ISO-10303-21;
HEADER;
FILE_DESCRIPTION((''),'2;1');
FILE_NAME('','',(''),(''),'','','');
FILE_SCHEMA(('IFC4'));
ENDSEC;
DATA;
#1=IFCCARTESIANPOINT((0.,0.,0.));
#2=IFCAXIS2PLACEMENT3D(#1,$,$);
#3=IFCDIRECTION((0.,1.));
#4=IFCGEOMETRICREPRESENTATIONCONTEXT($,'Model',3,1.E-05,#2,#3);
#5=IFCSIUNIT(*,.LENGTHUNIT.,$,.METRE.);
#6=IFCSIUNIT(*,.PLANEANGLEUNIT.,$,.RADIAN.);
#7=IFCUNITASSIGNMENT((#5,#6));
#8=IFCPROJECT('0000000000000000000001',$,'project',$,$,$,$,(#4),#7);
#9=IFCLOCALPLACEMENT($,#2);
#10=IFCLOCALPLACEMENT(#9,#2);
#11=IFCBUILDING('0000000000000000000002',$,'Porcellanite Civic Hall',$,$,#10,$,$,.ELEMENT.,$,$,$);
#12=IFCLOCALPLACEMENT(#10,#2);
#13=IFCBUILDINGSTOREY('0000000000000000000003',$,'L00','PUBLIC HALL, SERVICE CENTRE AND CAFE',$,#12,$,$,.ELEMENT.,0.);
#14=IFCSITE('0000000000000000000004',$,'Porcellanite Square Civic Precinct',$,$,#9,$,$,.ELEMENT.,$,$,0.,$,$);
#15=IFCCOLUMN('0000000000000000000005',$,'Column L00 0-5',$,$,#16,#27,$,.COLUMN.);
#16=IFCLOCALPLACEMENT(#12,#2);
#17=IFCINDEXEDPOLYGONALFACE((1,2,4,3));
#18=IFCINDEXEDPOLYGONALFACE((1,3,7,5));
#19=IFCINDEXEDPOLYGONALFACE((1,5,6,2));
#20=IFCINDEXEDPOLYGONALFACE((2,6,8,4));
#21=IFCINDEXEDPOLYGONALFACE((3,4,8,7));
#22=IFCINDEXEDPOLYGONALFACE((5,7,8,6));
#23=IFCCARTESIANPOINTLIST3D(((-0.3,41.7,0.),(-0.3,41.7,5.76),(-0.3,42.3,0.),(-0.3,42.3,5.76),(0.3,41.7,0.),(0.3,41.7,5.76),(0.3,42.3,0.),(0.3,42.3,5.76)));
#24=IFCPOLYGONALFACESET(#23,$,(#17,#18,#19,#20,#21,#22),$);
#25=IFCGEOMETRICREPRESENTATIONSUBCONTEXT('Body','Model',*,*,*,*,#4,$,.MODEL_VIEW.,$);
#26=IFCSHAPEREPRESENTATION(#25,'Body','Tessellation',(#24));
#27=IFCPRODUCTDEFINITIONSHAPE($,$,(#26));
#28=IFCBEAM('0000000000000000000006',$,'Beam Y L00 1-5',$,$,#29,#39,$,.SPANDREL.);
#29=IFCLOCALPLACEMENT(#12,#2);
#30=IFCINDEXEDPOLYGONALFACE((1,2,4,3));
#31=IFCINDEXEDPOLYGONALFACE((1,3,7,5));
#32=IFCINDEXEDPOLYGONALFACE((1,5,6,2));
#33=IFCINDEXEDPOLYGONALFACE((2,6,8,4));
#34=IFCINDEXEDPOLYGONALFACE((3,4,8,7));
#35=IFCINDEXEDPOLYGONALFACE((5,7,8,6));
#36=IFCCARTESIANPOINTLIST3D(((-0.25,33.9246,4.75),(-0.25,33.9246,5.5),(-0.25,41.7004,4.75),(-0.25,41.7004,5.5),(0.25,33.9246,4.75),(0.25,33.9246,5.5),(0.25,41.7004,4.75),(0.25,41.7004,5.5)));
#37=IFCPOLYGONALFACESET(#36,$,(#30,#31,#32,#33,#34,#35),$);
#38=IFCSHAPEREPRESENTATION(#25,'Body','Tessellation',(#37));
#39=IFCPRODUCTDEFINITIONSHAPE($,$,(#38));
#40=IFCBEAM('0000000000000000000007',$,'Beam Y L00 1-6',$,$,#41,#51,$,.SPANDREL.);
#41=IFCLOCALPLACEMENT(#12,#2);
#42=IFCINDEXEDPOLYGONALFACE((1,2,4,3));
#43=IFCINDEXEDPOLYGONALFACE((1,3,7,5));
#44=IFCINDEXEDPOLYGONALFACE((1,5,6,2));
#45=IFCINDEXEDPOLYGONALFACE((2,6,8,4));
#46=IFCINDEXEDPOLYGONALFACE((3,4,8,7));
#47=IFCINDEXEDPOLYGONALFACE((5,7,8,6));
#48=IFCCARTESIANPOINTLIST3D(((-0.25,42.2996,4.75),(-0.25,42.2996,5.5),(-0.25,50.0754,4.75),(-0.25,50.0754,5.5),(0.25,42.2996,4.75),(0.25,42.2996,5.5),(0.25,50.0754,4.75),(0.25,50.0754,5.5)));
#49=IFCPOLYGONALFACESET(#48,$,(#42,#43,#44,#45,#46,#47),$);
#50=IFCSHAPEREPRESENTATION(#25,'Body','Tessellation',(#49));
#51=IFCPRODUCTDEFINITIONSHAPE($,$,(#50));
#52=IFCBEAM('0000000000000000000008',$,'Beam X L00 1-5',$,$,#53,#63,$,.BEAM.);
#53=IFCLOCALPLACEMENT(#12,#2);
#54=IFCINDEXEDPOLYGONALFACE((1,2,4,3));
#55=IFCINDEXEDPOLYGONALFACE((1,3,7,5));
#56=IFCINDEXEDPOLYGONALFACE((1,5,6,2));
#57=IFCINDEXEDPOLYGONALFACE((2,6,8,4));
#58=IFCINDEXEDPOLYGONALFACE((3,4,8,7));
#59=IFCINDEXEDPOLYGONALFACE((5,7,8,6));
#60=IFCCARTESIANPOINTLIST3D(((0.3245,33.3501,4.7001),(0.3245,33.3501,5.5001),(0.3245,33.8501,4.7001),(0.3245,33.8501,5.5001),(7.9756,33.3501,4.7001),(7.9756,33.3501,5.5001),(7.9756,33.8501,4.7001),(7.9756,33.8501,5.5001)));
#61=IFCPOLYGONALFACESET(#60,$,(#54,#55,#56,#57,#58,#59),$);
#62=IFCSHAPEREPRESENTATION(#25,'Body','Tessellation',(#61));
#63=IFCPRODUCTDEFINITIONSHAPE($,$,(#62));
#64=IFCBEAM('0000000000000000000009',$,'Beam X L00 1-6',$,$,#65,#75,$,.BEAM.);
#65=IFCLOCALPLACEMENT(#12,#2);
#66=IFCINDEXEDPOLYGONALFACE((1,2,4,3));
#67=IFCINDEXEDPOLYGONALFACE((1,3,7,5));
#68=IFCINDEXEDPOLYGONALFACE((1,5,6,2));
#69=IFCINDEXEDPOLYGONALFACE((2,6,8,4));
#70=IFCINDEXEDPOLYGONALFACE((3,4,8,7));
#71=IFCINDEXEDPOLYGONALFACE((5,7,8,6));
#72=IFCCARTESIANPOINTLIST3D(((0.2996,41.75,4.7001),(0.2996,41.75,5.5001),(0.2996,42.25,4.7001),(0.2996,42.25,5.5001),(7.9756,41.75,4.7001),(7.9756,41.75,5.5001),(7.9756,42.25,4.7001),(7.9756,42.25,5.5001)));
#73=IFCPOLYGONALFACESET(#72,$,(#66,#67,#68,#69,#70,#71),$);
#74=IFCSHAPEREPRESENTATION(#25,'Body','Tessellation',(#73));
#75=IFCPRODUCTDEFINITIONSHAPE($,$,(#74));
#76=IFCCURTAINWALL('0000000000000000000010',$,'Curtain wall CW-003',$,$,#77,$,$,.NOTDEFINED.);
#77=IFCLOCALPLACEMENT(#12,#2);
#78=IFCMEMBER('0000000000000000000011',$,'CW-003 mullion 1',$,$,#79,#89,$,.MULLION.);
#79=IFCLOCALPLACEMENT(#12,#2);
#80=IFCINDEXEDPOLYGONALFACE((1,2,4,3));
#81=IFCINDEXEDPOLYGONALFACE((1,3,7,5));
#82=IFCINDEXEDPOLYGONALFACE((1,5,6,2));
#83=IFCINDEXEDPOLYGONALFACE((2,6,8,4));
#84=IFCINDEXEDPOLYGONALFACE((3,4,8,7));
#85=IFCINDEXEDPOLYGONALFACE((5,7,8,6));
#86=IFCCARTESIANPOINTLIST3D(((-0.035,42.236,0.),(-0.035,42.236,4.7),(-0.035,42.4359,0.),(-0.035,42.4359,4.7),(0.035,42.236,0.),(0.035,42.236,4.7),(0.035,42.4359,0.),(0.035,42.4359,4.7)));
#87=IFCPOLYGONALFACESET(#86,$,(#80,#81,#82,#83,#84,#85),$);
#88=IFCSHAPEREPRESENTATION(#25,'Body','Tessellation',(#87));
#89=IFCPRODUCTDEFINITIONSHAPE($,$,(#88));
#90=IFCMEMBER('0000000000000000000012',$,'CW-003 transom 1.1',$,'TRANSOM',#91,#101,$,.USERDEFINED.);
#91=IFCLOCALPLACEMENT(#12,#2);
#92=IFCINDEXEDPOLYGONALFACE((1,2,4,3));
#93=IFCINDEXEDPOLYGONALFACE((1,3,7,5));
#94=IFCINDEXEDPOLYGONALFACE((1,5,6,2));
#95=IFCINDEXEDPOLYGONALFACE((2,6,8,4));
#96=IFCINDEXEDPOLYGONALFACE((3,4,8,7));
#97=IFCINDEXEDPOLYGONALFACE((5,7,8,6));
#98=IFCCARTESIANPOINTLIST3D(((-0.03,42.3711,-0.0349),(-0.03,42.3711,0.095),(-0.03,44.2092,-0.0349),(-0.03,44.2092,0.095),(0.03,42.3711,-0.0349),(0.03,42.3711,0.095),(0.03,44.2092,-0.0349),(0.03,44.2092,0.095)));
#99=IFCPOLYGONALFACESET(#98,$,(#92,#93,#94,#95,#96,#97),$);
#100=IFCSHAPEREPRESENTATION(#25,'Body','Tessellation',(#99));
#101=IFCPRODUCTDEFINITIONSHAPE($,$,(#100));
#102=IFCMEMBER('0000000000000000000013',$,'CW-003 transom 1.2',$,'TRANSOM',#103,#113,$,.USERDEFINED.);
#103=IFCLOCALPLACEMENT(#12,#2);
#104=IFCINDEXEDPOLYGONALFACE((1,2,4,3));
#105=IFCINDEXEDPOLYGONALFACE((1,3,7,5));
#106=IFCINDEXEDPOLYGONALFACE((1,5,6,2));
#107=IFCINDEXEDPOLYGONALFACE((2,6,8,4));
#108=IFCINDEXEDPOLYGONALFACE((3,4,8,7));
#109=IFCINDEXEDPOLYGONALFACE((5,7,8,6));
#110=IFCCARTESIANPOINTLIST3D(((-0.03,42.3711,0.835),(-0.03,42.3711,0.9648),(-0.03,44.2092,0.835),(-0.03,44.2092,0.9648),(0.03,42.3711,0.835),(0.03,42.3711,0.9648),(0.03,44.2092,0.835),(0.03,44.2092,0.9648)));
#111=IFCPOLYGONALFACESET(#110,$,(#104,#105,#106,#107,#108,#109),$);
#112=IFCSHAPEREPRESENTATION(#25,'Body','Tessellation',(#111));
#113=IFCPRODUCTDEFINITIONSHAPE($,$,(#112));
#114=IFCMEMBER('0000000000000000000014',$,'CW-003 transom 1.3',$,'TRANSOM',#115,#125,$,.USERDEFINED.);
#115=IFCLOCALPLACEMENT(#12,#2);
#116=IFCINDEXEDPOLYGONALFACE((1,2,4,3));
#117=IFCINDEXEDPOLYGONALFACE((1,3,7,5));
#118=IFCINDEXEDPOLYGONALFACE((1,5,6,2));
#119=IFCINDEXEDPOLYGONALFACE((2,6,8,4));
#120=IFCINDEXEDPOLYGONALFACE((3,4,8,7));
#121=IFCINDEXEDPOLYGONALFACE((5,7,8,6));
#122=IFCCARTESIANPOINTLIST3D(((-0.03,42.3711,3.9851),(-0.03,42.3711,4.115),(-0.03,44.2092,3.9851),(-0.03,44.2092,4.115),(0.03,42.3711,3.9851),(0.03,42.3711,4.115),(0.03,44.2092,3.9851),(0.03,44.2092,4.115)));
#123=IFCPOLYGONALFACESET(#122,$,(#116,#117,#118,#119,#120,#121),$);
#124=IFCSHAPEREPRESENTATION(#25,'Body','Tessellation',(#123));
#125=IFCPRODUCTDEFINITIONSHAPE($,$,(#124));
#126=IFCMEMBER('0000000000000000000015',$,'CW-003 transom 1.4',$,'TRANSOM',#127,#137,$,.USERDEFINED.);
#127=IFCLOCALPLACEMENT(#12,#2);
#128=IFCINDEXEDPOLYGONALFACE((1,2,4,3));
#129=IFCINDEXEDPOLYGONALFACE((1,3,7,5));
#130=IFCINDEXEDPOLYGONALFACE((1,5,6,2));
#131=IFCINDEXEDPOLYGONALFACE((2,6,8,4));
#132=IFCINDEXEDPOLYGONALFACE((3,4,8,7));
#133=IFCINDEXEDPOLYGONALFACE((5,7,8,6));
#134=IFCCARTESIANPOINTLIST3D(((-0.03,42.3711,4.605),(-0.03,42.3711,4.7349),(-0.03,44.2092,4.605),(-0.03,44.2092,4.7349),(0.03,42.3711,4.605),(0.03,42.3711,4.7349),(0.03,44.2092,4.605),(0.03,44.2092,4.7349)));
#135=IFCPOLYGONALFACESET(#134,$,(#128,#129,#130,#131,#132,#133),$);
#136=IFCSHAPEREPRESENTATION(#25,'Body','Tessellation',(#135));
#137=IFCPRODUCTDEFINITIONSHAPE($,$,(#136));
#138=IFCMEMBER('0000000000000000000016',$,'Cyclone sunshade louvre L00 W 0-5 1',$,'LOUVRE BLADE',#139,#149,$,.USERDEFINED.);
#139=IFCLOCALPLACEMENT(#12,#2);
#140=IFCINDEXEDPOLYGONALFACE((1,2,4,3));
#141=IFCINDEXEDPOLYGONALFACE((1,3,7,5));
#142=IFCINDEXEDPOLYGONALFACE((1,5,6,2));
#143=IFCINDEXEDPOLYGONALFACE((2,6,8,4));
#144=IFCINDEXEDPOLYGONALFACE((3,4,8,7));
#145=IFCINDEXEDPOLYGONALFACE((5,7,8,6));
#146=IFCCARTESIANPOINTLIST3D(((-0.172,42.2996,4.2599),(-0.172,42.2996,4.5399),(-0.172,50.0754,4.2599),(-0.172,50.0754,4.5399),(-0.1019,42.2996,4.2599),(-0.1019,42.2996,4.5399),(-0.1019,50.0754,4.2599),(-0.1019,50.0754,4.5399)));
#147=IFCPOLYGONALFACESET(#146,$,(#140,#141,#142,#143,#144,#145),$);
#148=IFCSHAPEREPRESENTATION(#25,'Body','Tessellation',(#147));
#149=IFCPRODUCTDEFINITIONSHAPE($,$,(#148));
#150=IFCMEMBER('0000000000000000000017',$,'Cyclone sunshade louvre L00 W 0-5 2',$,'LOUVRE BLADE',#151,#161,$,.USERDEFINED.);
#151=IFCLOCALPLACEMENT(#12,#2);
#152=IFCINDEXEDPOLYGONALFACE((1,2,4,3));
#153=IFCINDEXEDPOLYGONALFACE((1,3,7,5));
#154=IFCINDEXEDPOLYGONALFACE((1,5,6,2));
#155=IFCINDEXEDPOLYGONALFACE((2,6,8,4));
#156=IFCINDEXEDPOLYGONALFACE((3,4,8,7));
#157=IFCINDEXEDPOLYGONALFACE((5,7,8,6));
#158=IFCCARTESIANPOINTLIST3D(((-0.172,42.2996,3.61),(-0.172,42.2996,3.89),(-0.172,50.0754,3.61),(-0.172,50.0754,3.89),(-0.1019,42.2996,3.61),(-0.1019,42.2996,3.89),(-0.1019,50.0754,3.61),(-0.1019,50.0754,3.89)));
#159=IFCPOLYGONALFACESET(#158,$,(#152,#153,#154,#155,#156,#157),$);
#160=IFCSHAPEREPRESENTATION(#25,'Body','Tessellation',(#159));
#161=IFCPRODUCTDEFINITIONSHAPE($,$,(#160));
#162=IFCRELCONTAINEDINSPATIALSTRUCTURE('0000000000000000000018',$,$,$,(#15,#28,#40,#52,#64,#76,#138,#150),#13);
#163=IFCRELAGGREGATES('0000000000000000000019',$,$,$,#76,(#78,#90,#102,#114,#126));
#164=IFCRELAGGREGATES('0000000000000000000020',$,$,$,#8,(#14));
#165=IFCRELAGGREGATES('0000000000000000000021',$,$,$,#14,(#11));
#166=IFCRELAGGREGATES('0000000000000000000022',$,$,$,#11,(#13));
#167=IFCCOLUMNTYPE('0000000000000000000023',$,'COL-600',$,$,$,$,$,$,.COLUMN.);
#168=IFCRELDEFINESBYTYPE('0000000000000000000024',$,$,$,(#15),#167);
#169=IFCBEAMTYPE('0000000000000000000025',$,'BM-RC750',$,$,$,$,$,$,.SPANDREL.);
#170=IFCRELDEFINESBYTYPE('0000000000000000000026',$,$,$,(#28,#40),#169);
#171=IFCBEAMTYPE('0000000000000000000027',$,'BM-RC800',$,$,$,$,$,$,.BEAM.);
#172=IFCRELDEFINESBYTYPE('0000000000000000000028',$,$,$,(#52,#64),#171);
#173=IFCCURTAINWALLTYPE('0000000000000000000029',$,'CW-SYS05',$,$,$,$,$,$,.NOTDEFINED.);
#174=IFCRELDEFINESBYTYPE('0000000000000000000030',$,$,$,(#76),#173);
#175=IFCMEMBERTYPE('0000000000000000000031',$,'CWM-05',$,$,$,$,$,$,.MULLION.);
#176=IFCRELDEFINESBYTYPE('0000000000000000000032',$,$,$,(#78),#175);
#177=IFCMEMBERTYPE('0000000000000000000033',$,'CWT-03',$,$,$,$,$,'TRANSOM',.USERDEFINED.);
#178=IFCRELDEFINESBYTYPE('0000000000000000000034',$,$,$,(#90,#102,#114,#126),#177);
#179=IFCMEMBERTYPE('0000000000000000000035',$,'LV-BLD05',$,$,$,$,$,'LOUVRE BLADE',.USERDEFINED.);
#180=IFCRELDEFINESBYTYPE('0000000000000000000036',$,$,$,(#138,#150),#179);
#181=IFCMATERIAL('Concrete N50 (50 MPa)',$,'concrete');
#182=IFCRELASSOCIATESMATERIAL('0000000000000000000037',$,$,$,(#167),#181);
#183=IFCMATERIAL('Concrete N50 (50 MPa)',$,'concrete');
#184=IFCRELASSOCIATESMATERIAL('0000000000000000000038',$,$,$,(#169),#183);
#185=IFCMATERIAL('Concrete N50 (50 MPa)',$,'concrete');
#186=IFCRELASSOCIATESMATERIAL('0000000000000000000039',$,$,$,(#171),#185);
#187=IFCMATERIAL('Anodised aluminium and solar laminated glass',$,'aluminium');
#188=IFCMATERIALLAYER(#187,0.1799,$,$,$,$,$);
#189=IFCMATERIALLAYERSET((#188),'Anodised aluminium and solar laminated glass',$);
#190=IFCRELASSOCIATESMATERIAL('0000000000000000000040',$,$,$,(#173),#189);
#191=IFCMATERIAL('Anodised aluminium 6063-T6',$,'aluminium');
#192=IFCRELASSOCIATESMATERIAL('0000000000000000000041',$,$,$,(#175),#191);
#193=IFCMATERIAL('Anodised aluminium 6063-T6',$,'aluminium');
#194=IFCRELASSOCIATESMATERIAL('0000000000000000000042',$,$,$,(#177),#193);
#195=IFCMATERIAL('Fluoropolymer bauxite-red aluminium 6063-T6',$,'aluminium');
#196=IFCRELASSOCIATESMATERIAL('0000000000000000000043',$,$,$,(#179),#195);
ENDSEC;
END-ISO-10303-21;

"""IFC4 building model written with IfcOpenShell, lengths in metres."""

from ifc_helpers import new_model, si_unit, direction, frame, origin, origin_2d, place, context, subcontext, project, spatial, rectangle, extrude, material, layer, layer_set, material_profile, profile_set, type_object, element, aggregate, save


model = new_model("IFC4")

# Units and contexts
model_context = context("Model", 3, precision=1e-05, world=origin(), true_north=direction((0.0, 1.0)))
body_context = subcontext(model_context, "Body", "Model", "MODEL_VIEW")
ifc_project = project(units=[si_unit("LENGTHUNIT", "METRE"), si_unit("PLANEANGLEUNIT", "RADIAN")], contexts=[model_context])

# Site, building, storey
site_placement = place(None, origin())
site = spatial("IfcSite", under=ifc_project, at=site_placement, Name="Porcellanite Square Civic Precinct", CompositionType="ELEMENT", RefElevation=0.0)
building_placement = place(site_placement, origin())
building = spatial("IfcBuilding", under=site, at=building_placement, Name="Porcellanite Civic Hall", CompositionType="ELEMENT")
storey_placement = place(building_placement, origin())
storey = spatial("IfcBuildingStorey", under=building, at=storey_placement, Name="L00", Description="PUBLIC HALL, SERVICE CENTRE AND CAFE", CompositionType="ELEMENT", Elevation=0.0)

# Column
ifc_material_1 = material(Name="Concrete N50 (50 MPa)", Category="concrete")
ifc_material_profile_1 = material_profile(ifc_material_1, rectangle(XDim=0.6001, YDim=0.6001, at=origin_2d()), Name="RC-600x600")
ifc_profile_set_1 = profile_set([ifc_material_profile_1], Name="Concrete N50 (50 MPa)")
column_type = type_object("IfcColumnType", Name="COL-600", PredefinedType="COLUMN", material=ifc_profile_set_1)
column_placement = place(storey_placement, frame((0.0, 42.0, 0.0), z_axis=(0.0, 0.0, 1.0), x_axis=(1.0, 0.0, 0.0)))
element("IfcColumn", 1, at=column_placement, inside=storey, type_object=column_type, Name="Column L00 0-5", PredefinedType="COLUMN", context=body_context, shape_type="SweptSolid", body=[
    extrude(rectangle(XDim=0.6001, YDim=0.6001, at=origin_2d()), origin(), (0.0, 0.0, 1.0), 5.76),
])

# Beams
ifc_material_2 = material(Name="Concrete N50 (50 MPa)", Category="concrete")
ifc_material_profile_2 = material_profile(ifc_material_2, rectangle(XDim=0.5, YDim=0.75, at=origin_2d()), Name="RC-500x750")
ifc_profile_set_2 = profile_set([ifc_material_profile_2], Name="Concrete N50 (50 MPa)")
beam_type_1 = type_object("IfcBeamType", Name="BM-RC750", PredefinedType="SPANDREL", material=ifc_profile_set_2)
for number, where, z_axis, x_axis, name in (
    (2, (0.0, 33.9246, 5.125), (0.0, 1.0, 0.0), (-1.0, 0.0, 0.0), "Beam Y L00 1-5"),
    (3, (0.0, 42.2996, 5.125), (0.0, 1.0, 0.0), (-1.0, 0.0, 0.0), "Beam Y L00 1-6"),
):
    element("IfcBeam", number, at=place(storey_placement, frame(where, z_axis=z_axis, x_axis=x_axis)), inside=storey, type_object=beam_type_1, Name=name, PredefinedType="SPANDREL", context=body_context, shape_type="SweptSolid", body=[
        extrude(rectangle(XDim=0.5, YDim=0.75, at=origin_2d()), origin(), (0.0, 0.0, 1.0), 7.7759),
    ])
ifc_material_3 = material(Name="Concrete N50 (50 MPa)", Category="concrete")
ifc_material_profile_3 = material_profile(ifc_material_3, rectangle(XDim=0.5, YDim=0.8, at=origin_2d()), Name="RC-500x800")
ifc_profile_set_3 = profile_set([ifc_material_profile_3], Name="Concrete N50 (50 MPa)")
beam_type_2 = type_object("IfcBeamType", Name="BM-RC800", PredefinedType="BEAM", material=ifc_profile_set_3)
beam_1_placement = place(storey_placement, frame((0.3245, 33.6001, 5.1001), z_axis=(1.0, 0.0, 0.0), x_axis=(0.0, 1.0, 0.0)))
element("IfcBeam", 4, at=beam_1_placement, inside=storey, type_object=beam_type_2, Name="Beam X L00 1-5", PredefinedType="BEAM", context=body_context, shape_type="SweptSolid", body=[
    extrude(rectangle(XDim=0.5, YDim=0.8, at=origin_2d()), origin(), (0.0, 0.0, 1.0), 7.6511),
])
beam_2_placement = place(storey_placement, frame((0.2996, 42.0, 5.1001), z_axis=(1.0, 0.0, 0.0), x_axis=(0.0, 1.0, 0.0)))
element("IfcBeam", 5, at=beam_2_placement, inside=storey, type_object=beam_type_2, Name="Beam X L00 1-6", PredefinedType="BEAM", context=body_context, shape_type="SweptSolid", body=[
    extrude(rectangle(XDim=0.5, YDim=0.8, at=origin_2d()), origin(), (0.0, 0.0, 1.0), 7.676),
])

# Curtain wall, members
ifc_material_4 = material(Name="Anodised aluminium and solar laminated glass", Category="aluminium")
ifc_layer_1 = layer(ifc_material_4, 0.1799)
ifc_layer_set_1 = layer_set([ifc_layer_1], Name="Anodised aluminium and solar laminated glass")
curtain_wall_type = type_object("IfcCurtainWallType", Name="CW-SYS05", PredefinedType="NOTDEFINED", material=ifc_layer_set_1)
curtain_wall_placement = place(storey_placement, origin())
curtain_wall = element("IfcCurtainWall", 6, at=curtain_wall_placement, inside=storey, type_object=curtain_wall_type, Name="Curtain wall CW-003", PredefinedType="NOTDEFINED")
ifc_material_5 = material(Name="Anodised aluminium 6063-T6", Category="aluminium")
ifc_material_profile_4 = material_profile(ifc_material_5, rectangle(XDim=0.0701, YDim=0.2, at=origin_2d()), Name="AL-70x200")
ifc_profile_set_4 = profile_set([ifc_material_profile_4], Name="Anodised aluminium 6063-T6")
member_type_1 = type_object("IfcMemberType", Name="CWM-05", PredefinedType="MULLION", material=ifc_profile_set_4)
member_1_placement = place(storey_placement, frame((0.0, 42.3359, 0.0), z_axis=(0.0, 0.0, 1.0), x_axis=(-1.0, 0.0, 0.0)))
member_1 = element("IfcMember", 7, at=member_1_placement, type_object=member_type_1, Name="CW-003 mullion 1", PredefinedType="MULLION", context=body_context, shape_type="SweptSolid", body=[
    extrude(rectangle(XDim=0.0701, YDim=0.2, at=origin_2d()), origin(), (0.0, 0.0, 1.0), 4.7),
])
ifc_material_6 = material(Name="Anodised aluminium 6063-T6", Category="aluminium")
ifc_material_profile_5 = material_profile(ifc_material_6, rectangle(XDim=0.0601, YDim=0.1299, at=origin_2d()), Name="AL-60x130")
ifc_profile_set_5 = profile_set([ifc_material_profile_5], Name="Anodised aluminium 6063-T6")
member_type_2 = type_object("IfcMemberType", Name="CWT-03", ElementType="TRANSOM", PredefinedType="USERDEFINED", material=ifc_profile_set_5)
member_2_placement = place(storey_placement, frame((0.0, 42.3711, 0.03), z_axis=(0.0, 1.0, 0.0), x_axis=(-1.0, 0.0, 0.0)))
member_2 = element("IfcMember", 8, at=member_2_placement, type_object=member_type_2, Name="CW-003 transom 1.1", ObjectType="TRANSOM", PredefinedType="USERDEFINED", context=body_context, shape_type="SweptSolid", body=[
    extrude(rectangle(XDim=0.0601, YDim=0.1299, at=origin_2d()), origin(), (0.0, 0.0, 1.0), 1.8381),
])
member_3_placement = place(storey_placement, frame((0.0, 42.3711, 0.8999), z_axis=(0.0, 1.0, 0.0), x_axis=(-1.0, 0.0, 0.0)))
member_3 = element("IfcMember", 9, at=member_3_placement, type_object=member_type_2, Name="CW-003 transom 1.2", ObjectType="TRANSOM", PredefinedType="USERDEFINED", context=body_context, shape_type="SweptSolid", body=[
    extrude(rectangle(XDim=0.0601, YDim=0.1299, at=origin_2d()), origin(), (0.0, 0.0, 1.0), 1.8381),
])
member_4_placement = place(storey_placement, frame((0.0, 42.3711, 4.05), z_axis=(0.0, 1.0, 0.0), x_axis=(-1.0, 0.0, 0.0)))
member_4 = element("IfcMember", 10, at=member_4_placement, type_object=member_type_2, Name="CW-003 transom 1.3", ObjectType="TRANSOM", PredefinedType="USERDEFINED", context=body_context, shape_type="SweptSolid", body=[
    extrude(rectangle(XDim=0.0601, YDim=0.1299, at=origin_2d()), origin(), (0.0, 0.0, 1.0), 1.8381),
])
member_5_placement = place(storey_placement, frame((0.0, 42.3711, 4.6699), z_axis=(0.0, 1.0, 0.0), x_axis=(-1.0, 0.0, 0.0)))
member_5 = element("IfcMember", 11, at=member_5_placement, type_object=member_type_2, Name="CW-003 transom 1.4", ObjectType="TRANSOM", PredefinedType="USERDEFINED", context=body_context, shape_type="SweptSolid", body=[
    extrude(rectangle(XDim=0.0601, YDim=0.1299, at=origin_2d()), origin(), (0.0, 0.0, 1.0), 1.8381),
])
aggregate(curtain_wall, [member_1, member_2, member_3, member_4, member_5])

# Members
ifc_material_7 = material(Name="Fluoropolymer bauxite-red aluminium 6063-T6", Category="aluminium")
ifc_material_profile_6 = material_profile(ifc_material_7, rectangle(XDim=0.0701, YDim=0.28, at=origin_2d()), Name="AL-70x280")
ifc_profile_set_6 = profile_set([ifc_material_profile_6], Name="Fluoropolymer bauxite-red aluminium 6063-T6")
member_type_3 = type_object("IfcMemberType", Name="LV-BLD05", ElementType="LOUVRE BLADE", PredefinedType="USERDEFINED", material=ifc_profile_set_6)
for number, where, z_axis, x_axis, name in (
    (12, (-0.137, 42.2996, 4.3999), (0.0, 1.0, 0.0), (-1.0, 0.0, 0.0), "Cyclone sunshade louvre L00 W 0-5 1"),
    (13, (-0.137, 42.2996, 3.75), (0.0, 1.0, 0.0), (-1.0, 0.0, 0.0), "Cyclone sunshade louvre L00 W 0-5 2"),
):
    element("IfcMember", number, at=place(storey_placement, frame(where, z_axis=z_axis, x_axis=x_axis)), inside=storey, type_object=member_type_3, Name=name, ObjectType="LOUVRE BLADE", PredefinedType="USERDEFINED", context=body_context, shape_type="SweptSolid", body=[
        extrude(rectangle(XDim=0.0701, YDim=0.28, at=origin_2d()), origin(), (0.0, 0.0, 1.0), 7.7759),
    ])

save(model, "model.ifc")
